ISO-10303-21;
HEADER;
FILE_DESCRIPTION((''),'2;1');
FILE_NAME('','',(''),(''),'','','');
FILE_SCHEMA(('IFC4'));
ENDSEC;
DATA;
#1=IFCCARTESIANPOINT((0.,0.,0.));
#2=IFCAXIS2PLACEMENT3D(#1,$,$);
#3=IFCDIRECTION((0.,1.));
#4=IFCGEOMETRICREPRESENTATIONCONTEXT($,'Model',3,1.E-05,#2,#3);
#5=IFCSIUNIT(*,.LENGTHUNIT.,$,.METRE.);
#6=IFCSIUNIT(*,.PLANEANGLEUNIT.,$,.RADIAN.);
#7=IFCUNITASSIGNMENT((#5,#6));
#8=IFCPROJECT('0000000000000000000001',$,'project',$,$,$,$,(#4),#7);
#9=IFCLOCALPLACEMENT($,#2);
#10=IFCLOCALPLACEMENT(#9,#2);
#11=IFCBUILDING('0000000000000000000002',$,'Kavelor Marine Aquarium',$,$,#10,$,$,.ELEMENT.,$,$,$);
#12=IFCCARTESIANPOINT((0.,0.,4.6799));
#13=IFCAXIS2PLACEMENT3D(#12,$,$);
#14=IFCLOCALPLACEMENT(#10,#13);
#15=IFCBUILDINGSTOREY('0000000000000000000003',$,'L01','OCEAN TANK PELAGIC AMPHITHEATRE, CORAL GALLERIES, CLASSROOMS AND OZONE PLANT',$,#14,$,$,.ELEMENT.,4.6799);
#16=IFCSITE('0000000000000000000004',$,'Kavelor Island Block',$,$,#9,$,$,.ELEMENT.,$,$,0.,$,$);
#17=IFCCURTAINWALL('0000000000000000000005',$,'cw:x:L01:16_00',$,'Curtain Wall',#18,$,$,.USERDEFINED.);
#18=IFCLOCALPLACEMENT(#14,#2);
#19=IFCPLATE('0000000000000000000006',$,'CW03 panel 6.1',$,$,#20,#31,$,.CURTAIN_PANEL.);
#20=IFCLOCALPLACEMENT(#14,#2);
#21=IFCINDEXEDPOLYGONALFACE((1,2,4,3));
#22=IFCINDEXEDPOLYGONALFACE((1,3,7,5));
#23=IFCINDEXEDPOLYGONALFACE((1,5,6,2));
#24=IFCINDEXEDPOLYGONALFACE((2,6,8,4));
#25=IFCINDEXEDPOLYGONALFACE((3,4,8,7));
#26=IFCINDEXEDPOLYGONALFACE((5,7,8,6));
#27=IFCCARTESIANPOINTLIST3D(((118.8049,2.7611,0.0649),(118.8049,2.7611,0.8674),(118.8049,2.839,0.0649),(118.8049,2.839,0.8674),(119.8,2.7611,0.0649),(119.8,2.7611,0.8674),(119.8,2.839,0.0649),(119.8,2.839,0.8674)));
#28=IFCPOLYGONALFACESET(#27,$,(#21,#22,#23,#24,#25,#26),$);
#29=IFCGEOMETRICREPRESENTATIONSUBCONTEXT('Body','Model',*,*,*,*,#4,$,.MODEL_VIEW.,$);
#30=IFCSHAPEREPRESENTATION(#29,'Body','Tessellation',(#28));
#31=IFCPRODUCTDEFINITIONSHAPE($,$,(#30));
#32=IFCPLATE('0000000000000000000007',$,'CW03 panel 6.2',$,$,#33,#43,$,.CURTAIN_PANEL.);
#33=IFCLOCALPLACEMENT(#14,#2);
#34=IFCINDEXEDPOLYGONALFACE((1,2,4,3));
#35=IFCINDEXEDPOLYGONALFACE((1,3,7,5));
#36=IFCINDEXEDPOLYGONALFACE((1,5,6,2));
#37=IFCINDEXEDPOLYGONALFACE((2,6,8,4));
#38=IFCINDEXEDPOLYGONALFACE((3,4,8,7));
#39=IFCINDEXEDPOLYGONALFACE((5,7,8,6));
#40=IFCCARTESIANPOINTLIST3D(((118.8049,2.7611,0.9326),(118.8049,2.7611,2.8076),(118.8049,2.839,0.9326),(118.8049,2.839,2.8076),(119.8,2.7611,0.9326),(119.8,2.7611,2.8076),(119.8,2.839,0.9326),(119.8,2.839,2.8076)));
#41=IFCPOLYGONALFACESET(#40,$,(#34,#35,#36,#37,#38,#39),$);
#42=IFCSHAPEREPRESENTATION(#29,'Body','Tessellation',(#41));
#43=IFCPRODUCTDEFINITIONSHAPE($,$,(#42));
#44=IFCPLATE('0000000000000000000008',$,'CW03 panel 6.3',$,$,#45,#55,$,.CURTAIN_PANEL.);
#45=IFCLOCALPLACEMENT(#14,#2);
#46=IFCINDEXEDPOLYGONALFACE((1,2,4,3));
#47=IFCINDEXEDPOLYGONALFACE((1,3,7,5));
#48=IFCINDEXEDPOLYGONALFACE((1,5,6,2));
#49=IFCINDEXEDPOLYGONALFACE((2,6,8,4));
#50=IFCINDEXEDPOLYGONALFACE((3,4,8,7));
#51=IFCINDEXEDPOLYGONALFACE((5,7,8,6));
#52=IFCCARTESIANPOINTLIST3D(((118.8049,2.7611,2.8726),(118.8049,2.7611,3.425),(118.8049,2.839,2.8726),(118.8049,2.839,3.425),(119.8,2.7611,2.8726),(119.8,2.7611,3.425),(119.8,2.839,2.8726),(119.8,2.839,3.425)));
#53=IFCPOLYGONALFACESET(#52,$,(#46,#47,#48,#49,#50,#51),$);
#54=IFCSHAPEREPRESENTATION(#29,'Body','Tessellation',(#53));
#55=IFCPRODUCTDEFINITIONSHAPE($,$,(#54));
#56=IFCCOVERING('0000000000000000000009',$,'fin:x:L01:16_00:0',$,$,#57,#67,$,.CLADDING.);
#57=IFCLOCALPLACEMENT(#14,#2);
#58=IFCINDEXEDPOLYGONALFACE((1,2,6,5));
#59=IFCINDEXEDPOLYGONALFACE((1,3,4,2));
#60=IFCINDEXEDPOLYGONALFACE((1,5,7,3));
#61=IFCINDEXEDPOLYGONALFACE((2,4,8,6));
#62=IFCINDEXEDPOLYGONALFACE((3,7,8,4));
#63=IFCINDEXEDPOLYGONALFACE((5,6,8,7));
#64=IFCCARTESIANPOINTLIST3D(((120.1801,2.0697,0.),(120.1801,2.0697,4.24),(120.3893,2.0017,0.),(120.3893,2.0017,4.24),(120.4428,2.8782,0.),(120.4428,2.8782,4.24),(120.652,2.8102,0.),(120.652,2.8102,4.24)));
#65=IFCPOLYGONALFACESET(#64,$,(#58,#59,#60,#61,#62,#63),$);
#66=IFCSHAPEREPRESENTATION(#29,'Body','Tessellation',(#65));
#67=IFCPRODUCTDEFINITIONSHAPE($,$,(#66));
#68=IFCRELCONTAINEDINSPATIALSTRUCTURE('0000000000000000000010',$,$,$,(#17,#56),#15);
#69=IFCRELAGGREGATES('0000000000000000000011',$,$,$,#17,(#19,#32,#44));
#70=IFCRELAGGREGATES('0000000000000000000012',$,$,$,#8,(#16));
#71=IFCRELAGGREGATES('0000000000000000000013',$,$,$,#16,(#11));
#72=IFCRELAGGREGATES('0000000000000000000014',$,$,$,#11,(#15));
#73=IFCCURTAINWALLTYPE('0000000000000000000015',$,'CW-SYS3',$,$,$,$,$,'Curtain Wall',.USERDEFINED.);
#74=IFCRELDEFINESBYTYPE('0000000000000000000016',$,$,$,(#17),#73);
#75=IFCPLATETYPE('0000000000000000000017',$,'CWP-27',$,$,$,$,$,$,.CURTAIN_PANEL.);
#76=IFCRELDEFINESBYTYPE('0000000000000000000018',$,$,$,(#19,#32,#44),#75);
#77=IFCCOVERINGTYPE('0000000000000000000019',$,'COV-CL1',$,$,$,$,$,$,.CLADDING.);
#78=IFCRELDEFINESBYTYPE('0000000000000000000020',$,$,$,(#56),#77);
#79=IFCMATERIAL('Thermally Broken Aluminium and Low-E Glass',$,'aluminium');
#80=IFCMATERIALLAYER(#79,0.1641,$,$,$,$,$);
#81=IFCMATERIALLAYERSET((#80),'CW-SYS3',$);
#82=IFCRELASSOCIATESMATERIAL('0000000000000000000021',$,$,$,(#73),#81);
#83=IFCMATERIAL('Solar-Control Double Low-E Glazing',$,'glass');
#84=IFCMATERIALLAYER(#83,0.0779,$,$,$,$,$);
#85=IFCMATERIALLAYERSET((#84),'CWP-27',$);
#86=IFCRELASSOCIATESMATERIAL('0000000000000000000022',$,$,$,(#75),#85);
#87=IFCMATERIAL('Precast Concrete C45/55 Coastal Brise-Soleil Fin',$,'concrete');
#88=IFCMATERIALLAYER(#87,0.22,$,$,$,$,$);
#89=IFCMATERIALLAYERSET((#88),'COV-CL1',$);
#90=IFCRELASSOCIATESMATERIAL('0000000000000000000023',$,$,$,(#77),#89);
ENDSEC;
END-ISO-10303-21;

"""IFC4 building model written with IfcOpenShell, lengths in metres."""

from ifc_helpers import new_model, si_unit, direction, frame, origin, origin_2d, place, context, subcontext, project, spatial, rectangle, extrude, material, layer, layer_set, type_object, element, aggregate, save


model = new_model("IFC4")

# Units and contexts
model_context = context("Model", 3, precision=1e-05, world=origin(), true_north=direction((0.0, 1.0)))
body_context = subcontext(model_context, "Body", "Model", "MODEL_VIEW")
ifc_project = project(units=[si_unit("LENGTHUNIT", "METRE"), si_unit("PLANEANGLEUNIT", "RADIAN")], contexts=[model_context])

# Site, building, storey
site_placement = place(None, origin())
site = spatial("IfcSite", under=ifc_project, at=site_placement, Name="Kavelor Island Block", CompositionType="ELEMENT", RefElevation=0.0)
building_placement = place(site_placement, origin())
building = spatial("IfcBuilding", under=site, at=building_placement, Name="Kavelor Marine Aquarium", CompositionType="ELEMENT")
storey_placement = place(building_placement, frame((0.0, 0.0, 4.6799)))
storey = spatial("IfcBuildingStorey", under=building, at=storey_placement, Name="L01", Description="OCEAN TANK PELAGIC AMPHITHEATRE, CORAL GALLERIES, CLASSROOMS AND OZONE PLANT", CompositionType="ELEMENT", Elevation=4.6799)

# Curtain wall
ifc_material_1 = material(Name="Thermally Broken Aluminium and Low-E Glass", Category="aluminium")
ifc_layer_1 = layer(ifc_material_1, 0.1641)
ifc_layer_set_1 = layer_set([ifc_layer_1], Name="CW-SYS3")
curtain_wall_type_1 = type_object("IfcCurtainWallType", Name="CW-SYS3", ElementType="Curtain Wall", PredefinedType="USERDEFINED", material=ifc_layer_set_1)
curtain_wall_1_placement = place(storey_placement, origin())
curtain_wall_1 = element("IfcCurtainWall", 1, at=curtain_wall_1_placement, inside=storey, type_object=curtain_wall_type_1, Name="cw:x:L01:16_00", ObjectType="Curtain Wall", PredefinedType="USERDEFINED")

# Plates
ifc_material_2 = material(Name="Solar-Control Double Low-E Glazing", Category="glass")
ifc_layer_2 = layer(ifc_material_2, 0.0779)
ifc_layer_set_2 = layer_set([ifc_layer_2], Name="CWP-27")
plate_type = type_object("IfcPlateType", Name="CWP-27", PredefinedType="CURTAIN_PANEL", material=ifc_layer_set_2)
plate_1_placement = place(storey_placement, frame((119.3025, 2.8, 0.0649), z_axis=(0.0, 0.0, 1.0), x_axis=(-1.0, 0.0, 0.0)))
plate_1 = element("IfcPlate", 2, at=plate_1_placement, type_object=plate_type, Name="CW03 panel 6.1", PredefinedType="CURTAIN_PANEL", context=body_context, shape_type="SweptSolid", body=[
    extrude(rectangle(XDim=0.9951, YDim=0.0779, at=origin_2d()), origin(), (0.0, 0.0, 1.0), 0.8025),
])
plate_2_placement = place(storey_placement, frame((119.3025, 2.8, 0.9326), z_axis=(0.0, 0.0, 1.0), x_axis=(-1.0, 0.0, 0.0)))
plate_2 = element("IfcPlate", 3, at=plate_2_placement, type_object=plate_type, Name="CW03 panel 6.2", PredefinedType="CURTAIN_PANEL", context=body_context, shape_type="SweptSolid", body=[
    extrude(rectangle(XDim=0.9951, YDim=0.0779, at=origin_2d()), origin(), (0.0, 0.0, 1.0), 1.875),
])
plate_3_placement = place(storey_placement, frame((119.3025, 2.8, 2.8726), z_axis=(0.0, 0.0, 1.0), x_axis=(-1.0, 0.0, 0.0)))
plate_3 = element("IfcPlate", 4, at=plate_3_placement, type_object=plate_type, Name="CW03 panel 6.3", PredefinedType="CURTAIN_PANEL", context=body_context, shape_type="SweptSolid", body=[
    extrude(rectangle(XDim=0.9951, YDim=0.0779, at=origin_2d()), origin(), (0.0, 0.0, 1.0), 0.5525),
])
aggregate(curtain_wall_1, [plate_1, plate_2, plate_3])

# Covering
ifc_material_3 = material(Name="Precast Concrete C45/55 Coastal Brise-Soleil Fin", Category="concrete")
ifc_layer_3 = layer(ifc_material_3, 0.22)
ifc_layer_set_3 = layer_set([ifc_layer_3], Name="COV-CL1")
covering_type = type_object("IfcCoveringType", Name="COV-CL1", PredefinedType="CLADDING", material=ifc_layer_set_3)
covering_placement = place(storey_placement, frame((120.416, 2.4399, 0.0), z_axis=(0.0, 0.0, 1.0), x_axis=(0.951057, -0.309017, 0.0)))
element("IfcCovering", 5, at=covering_placement, inside=storey, type_object=covering_type, Name="fin:x:L01:16_00:0", PredefinedType="CLADDING", context=body_context, shape_type="SweptSolid", body=[
    extrude(rectangle(XDim=0.22, YDim=0.8501, at=origin_2d()), origin(), (0.0, 0.0, 1.0), 4.24),
])

save(model, "model.ifc")
